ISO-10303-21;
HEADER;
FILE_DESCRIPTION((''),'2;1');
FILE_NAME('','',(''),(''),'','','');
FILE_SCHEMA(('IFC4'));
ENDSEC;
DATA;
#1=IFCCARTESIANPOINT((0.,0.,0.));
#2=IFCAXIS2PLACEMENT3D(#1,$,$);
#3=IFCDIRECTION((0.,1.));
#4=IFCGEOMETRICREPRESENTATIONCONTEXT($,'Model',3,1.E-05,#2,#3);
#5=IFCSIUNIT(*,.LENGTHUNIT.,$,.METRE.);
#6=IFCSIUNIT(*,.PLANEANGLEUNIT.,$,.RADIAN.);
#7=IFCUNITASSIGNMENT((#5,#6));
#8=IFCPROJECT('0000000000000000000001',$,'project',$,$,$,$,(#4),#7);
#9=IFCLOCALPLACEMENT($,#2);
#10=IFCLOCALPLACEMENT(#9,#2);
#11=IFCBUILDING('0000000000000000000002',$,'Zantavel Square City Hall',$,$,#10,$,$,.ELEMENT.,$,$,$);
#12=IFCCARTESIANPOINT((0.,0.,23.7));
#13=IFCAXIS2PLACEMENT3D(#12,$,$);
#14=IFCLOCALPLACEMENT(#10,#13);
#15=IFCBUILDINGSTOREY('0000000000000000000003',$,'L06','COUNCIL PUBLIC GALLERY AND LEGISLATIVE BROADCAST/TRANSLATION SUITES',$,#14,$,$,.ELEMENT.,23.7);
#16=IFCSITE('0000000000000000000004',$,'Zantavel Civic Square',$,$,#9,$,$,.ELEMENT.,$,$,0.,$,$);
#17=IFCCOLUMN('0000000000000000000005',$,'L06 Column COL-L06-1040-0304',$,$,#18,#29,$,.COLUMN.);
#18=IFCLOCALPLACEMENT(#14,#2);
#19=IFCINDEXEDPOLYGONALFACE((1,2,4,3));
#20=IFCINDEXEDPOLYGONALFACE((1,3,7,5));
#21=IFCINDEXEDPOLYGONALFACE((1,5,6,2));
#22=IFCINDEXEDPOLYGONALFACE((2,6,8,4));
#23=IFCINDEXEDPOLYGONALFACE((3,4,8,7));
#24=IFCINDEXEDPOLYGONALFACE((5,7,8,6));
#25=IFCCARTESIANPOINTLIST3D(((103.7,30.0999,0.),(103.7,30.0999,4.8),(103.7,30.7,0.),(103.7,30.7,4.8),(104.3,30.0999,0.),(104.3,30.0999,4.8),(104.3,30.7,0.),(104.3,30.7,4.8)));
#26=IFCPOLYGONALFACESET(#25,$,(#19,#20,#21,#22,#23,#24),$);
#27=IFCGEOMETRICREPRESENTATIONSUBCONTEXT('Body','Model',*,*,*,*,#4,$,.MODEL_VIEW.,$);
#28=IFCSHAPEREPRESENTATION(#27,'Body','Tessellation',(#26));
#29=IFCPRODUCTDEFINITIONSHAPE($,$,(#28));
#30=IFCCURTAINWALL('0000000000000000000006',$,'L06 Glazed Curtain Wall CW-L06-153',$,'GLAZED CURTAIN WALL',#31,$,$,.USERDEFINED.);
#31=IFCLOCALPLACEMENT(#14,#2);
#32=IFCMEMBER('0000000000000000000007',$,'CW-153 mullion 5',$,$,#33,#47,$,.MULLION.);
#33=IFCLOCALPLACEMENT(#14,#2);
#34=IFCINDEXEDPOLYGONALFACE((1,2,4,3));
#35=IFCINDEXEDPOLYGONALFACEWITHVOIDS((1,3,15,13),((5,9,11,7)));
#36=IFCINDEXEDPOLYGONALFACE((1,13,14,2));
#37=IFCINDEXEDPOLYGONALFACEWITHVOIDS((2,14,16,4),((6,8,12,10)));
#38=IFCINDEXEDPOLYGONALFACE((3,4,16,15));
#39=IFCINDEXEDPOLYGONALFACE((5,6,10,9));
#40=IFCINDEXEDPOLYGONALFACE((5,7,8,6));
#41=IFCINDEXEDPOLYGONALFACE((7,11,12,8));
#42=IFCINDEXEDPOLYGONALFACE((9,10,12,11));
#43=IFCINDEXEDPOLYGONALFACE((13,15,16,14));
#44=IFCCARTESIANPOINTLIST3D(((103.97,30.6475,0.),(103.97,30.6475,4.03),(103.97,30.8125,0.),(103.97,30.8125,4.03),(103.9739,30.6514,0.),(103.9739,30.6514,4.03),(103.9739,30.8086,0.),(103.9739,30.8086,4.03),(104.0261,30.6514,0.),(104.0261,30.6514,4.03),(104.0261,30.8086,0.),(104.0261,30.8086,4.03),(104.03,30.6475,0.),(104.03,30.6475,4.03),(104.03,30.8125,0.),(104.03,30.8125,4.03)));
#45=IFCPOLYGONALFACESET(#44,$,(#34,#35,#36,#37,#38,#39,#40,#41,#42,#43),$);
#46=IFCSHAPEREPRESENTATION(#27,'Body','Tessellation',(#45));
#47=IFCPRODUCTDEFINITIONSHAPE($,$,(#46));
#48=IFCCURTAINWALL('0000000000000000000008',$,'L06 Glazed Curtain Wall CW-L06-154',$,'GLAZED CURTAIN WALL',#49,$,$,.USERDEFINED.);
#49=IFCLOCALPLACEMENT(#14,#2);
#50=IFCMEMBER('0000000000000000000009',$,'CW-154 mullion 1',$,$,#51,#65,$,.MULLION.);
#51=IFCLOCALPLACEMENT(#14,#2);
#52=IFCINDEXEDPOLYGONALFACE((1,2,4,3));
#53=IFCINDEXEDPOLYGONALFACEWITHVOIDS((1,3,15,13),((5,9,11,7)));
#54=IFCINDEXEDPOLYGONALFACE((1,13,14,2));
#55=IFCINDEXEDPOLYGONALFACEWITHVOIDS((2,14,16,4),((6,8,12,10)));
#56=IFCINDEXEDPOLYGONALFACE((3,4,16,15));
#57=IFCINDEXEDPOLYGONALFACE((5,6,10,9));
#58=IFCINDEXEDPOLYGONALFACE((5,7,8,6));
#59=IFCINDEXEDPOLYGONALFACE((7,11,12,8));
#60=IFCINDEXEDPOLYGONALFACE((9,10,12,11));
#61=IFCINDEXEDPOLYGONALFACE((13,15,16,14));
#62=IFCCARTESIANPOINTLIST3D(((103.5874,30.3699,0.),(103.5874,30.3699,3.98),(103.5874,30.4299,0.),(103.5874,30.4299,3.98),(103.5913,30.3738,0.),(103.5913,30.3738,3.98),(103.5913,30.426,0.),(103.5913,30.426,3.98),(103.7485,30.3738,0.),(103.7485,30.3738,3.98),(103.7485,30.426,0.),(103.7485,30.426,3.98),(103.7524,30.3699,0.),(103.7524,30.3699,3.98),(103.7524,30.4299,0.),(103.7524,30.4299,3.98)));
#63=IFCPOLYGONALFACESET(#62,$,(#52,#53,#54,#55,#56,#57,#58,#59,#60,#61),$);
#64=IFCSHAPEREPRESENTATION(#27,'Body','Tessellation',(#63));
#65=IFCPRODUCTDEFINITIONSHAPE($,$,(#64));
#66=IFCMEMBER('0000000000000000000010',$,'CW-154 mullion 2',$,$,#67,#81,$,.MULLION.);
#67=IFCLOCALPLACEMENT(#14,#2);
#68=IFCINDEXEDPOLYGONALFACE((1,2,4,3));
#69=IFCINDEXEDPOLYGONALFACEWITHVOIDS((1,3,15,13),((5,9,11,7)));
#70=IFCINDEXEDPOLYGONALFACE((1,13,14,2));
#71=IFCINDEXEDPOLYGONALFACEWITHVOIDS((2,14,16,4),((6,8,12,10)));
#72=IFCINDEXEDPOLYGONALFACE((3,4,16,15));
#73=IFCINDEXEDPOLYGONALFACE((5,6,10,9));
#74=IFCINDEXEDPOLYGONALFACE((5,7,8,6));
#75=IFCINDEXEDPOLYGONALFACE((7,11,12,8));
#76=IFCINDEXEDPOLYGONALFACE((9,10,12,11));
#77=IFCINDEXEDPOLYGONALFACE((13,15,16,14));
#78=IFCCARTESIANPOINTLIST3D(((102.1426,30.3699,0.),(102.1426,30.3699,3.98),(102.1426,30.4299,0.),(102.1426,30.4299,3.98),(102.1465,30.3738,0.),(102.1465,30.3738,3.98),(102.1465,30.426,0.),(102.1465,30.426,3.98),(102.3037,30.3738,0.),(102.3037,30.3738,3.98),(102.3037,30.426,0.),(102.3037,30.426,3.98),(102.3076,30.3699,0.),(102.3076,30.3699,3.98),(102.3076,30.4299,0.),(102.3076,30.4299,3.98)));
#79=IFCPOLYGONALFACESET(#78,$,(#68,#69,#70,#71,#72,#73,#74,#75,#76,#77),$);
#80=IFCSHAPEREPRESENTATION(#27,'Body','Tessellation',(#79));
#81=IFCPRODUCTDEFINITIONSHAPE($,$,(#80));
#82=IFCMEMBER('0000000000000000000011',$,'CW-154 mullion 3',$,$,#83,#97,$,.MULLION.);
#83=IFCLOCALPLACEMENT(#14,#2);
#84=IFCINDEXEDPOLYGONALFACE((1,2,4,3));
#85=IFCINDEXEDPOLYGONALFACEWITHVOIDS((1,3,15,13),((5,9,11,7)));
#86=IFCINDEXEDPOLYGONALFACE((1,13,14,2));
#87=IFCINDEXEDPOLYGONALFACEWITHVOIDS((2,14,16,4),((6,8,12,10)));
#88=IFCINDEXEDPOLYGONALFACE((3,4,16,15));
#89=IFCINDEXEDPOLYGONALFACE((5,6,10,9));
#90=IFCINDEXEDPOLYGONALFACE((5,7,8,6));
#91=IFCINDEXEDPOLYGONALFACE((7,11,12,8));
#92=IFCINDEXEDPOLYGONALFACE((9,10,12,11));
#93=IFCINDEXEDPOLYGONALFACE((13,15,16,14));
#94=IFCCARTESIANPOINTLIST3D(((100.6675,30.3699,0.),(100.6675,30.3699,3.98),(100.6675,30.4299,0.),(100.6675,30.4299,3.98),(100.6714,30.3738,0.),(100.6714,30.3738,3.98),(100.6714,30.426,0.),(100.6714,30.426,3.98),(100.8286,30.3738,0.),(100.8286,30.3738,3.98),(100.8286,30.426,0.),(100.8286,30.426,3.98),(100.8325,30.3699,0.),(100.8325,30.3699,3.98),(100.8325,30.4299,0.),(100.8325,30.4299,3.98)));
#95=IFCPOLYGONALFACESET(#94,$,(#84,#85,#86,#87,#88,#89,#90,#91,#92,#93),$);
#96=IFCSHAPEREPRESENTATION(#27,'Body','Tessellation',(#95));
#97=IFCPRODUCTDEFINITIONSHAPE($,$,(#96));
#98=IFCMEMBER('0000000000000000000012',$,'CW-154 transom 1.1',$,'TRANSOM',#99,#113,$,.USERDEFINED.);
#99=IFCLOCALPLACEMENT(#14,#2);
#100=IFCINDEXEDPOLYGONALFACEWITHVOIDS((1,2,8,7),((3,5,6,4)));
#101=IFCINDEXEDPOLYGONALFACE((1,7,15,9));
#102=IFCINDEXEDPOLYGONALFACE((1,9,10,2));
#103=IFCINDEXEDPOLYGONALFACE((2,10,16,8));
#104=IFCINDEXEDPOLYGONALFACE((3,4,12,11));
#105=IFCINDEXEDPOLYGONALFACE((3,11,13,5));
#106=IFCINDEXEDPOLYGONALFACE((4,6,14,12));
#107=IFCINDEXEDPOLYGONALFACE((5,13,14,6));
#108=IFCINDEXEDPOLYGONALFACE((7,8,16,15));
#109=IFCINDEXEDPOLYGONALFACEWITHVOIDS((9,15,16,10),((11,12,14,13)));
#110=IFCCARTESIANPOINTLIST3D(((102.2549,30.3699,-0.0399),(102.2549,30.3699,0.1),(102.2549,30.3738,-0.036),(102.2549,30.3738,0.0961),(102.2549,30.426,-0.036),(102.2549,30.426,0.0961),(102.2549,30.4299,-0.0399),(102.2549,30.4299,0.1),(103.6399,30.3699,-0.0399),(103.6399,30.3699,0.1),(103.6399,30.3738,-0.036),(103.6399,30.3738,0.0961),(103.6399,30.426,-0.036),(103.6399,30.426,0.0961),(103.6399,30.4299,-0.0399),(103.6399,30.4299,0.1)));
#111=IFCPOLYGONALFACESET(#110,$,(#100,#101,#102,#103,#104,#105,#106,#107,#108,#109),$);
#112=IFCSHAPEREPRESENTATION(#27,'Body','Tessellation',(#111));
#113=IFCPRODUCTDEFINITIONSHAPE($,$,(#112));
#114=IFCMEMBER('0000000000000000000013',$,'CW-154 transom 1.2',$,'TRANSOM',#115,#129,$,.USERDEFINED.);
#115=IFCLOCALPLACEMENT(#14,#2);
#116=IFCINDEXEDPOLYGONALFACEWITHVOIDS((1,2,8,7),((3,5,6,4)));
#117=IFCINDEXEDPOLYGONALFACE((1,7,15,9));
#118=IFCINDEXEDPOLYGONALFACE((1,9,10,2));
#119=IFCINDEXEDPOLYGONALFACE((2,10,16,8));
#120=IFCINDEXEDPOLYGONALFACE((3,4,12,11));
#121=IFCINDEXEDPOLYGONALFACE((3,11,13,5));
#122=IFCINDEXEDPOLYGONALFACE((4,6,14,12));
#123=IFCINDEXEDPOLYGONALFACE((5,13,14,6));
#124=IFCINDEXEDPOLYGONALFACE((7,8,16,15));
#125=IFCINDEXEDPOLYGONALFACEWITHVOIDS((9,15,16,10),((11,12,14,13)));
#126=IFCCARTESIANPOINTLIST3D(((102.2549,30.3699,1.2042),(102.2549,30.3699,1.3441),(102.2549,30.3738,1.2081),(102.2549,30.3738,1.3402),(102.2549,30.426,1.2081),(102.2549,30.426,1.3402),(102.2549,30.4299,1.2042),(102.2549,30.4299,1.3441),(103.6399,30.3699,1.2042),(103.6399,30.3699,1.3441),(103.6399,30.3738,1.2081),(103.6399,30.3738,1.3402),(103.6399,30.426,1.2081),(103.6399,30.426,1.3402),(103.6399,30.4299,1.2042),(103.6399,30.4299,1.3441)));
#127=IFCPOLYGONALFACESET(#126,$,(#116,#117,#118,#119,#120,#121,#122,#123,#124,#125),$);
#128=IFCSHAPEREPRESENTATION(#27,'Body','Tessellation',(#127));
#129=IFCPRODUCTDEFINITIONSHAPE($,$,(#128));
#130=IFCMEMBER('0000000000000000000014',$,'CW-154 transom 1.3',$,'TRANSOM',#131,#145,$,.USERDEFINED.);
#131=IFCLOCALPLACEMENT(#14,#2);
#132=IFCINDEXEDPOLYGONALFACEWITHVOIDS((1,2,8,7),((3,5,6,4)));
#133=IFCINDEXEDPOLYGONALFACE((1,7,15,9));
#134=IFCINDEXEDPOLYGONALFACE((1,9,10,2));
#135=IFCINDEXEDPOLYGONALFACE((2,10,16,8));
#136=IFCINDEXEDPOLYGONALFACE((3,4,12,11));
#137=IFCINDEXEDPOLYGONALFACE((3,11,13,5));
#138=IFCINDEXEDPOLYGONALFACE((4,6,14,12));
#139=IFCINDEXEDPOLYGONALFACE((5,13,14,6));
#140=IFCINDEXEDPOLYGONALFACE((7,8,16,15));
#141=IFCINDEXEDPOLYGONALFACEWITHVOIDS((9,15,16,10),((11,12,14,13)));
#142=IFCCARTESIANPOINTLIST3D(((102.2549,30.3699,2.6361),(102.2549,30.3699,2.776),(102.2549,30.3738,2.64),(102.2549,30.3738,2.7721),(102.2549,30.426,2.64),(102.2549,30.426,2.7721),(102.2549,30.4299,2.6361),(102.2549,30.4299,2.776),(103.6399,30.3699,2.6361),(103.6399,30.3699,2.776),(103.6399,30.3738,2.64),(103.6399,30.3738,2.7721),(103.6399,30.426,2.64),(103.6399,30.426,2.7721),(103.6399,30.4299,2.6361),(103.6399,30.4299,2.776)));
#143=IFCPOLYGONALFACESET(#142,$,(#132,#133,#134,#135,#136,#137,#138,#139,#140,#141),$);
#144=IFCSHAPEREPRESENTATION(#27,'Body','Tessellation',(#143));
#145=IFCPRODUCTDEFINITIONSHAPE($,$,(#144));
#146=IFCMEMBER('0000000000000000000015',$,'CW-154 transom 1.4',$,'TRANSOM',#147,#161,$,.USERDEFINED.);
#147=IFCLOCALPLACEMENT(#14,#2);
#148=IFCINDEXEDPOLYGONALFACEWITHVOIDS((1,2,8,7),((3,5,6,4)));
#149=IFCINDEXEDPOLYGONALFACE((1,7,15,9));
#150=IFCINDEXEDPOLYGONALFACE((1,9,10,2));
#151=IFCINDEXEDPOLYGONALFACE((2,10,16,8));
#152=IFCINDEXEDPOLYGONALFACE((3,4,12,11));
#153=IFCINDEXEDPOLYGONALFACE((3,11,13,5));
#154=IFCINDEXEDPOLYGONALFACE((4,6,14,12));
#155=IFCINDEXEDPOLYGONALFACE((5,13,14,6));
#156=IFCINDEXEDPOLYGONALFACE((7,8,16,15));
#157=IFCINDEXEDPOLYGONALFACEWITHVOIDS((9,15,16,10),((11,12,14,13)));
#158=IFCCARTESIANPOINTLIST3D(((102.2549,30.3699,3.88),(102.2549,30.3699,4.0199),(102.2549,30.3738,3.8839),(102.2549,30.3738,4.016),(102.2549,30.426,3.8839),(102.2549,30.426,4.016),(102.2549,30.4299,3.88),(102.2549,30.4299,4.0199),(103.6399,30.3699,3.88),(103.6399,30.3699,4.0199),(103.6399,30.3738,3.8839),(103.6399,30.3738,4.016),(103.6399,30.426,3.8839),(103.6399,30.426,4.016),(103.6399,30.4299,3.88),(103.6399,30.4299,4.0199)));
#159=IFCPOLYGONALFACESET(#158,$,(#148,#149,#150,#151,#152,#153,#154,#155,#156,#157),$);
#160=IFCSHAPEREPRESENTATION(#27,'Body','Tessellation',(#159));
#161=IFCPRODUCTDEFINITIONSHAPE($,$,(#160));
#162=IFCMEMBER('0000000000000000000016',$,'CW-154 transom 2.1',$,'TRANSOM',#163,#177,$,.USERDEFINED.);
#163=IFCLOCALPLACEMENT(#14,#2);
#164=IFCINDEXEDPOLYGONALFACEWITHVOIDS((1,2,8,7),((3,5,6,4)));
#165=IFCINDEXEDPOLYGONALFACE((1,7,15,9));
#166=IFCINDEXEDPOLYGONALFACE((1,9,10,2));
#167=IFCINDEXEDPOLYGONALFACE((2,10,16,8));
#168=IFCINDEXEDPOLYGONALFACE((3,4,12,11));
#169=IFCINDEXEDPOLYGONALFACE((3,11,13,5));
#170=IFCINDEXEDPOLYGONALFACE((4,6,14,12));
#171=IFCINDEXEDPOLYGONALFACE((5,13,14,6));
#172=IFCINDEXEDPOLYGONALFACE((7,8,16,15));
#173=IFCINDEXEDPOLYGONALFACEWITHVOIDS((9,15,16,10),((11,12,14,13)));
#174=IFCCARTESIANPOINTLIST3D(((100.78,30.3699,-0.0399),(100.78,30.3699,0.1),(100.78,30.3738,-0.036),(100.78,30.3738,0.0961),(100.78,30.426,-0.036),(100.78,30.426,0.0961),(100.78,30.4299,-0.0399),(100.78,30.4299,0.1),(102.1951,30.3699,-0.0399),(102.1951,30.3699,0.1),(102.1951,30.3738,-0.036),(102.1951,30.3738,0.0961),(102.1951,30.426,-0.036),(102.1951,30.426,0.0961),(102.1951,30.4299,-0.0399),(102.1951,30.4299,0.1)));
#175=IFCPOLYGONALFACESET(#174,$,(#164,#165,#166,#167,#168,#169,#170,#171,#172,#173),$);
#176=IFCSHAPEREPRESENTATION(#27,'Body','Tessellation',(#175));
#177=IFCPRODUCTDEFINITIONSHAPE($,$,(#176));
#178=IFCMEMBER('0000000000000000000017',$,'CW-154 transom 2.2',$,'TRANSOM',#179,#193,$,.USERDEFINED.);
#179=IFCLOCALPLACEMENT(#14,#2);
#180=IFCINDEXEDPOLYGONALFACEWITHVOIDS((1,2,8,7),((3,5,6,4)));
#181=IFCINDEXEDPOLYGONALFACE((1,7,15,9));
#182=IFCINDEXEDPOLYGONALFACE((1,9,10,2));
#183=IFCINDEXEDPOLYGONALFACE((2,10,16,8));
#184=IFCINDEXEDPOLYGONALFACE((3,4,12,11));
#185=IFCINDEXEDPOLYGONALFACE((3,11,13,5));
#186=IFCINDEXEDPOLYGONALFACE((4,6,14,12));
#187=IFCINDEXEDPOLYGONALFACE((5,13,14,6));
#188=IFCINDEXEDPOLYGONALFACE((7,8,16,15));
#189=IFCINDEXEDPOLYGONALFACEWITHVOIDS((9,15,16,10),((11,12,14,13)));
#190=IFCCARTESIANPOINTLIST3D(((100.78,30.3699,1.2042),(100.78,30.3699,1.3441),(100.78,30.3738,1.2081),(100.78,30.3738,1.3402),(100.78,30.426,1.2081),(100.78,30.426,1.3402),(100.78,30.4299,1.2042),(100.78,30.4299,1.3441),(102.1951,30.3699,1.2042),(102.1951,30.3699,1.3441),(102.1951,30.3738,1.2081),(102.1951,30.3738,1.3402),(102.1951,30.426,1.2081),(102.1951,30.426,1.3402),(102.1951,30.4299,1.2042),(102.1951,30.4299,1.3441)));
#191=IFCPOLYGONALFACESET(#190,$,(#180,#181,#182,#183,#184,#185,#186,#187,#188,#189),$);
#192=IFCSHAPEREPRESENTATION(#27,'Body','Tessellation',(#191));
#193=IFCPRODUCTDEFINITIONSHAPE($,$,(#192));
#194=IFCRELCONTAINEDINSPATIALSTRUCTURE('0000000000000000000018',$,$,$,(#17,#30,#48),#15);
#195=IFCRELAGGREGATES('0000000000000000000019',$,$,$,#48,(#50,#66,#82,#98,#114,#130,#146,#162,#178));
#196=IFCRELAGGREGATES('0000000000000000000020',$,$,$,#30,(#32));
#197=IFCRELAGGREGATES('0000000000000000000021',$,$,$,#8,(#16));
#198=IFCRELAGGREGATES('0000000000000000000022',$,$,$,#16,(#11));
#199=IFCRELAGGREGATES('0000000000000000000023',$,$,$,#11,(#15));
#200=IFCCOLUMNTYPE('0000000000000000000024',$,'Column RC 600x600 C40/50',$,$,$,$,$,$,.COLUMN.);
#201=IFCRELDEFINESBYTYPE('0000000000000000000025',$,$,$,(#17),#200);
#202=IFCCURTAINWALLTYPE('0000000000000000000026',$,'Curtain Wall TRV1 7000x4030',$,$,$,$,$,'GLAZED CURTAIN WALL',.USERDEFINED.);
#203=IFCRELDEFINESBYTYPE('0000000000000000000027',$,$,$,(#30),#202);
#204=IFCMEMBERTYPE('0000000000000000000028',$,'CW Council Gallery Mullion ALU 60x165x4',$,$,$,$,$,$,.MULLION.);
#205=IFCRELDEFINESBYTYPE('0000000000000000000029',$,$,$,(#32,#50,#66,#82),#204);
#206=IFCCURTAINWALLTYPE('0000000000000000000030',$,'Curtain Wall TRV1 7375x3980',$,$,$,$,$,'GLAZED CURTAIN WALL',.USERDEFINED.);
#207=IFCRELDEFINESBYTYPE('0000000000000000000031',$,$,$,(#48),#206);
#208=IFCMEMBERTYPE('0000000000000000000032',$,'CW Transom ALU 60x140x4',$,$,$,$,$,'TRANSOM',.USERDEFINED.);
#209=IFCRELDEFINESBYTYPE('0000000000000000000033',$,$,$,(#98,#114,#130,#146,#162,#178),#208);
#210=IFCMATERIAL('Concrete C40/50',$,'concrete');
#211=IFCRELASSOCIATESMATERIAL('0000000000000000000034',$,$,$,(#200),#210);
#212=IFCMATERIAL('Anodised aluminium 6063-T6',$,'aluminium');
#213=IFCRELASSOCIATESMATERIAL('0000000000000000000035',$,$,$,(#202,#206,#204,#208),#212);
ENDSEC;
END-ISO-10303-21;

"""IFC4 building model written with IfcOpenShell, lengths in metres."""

from ifc_helpers import new_model, si_unit, direction, frame, origin, origin_2d, place, context, subcontext, project, spatial, rectangle, hollow_rectangle, extrude, material, material_profile, profile_set, type_object, element, aggregate, save


model = new_model("IFC4")

# Units and contexts
model_context = context("Model", 3, precision=1e-05, world=origin(), true_north=direction((0.0, 1.0)))
body_context = subcontext(model_context, "Body", "Model", "MODEL_VIEW")
ifc_project = project(units=[si_unit("LENGTHUNIT", "METRE"), si_unit("PLANEANGLEUNIT", "RADIAN")], contexts=[model_context])

# Site, building, storey
site_placement = place(None, origin())
site = spatial("IfcSite", under=ifc_project, at=site_placement, Name="Zantavel Civic Square", CompositionType="ELEMENT", RefElevation=0.0)
building_placement = place(site_placement, origin())
building = spatial("IfcBuilding", under=site, at=building_placement, Name="Zantavel Square City Hall", CompositionType="ELEMENT")
storey_placement = place(building_placement, frame((0.0, 0.0, 23.7)))
storey = spatial("IfcBuildingStorey", under=building, at=storey_placement, Name="L06", Description="COUNCIL PUBLIC GALLERY AND LEGISLATIVE BROADCAST/TRANSLATION SUITES", CompositionType="ELEMENT", Elevation=23.7)

# Column
ifc_material_1 = material(Name="Concrete C40/50", Category="concrete")
ifc_material_profile_1 = material_profile(ifc_material_1, rectangle(XDim=0.6001, YDim=0.6001, at=origin_2d()), Name="RC 600x600")
ifc_profile_set_1 = profile_set([ifc_material_profile_1], Name="Concrete C40/50")
column_type = type_object("IfcColumnType", Name="Column RC 600x600 C40/50", PredefinedType="COLUMN", material=ifc_profile_set_1)
column_placement = place(storey_placement, frame((104.0, 30.3999, 0.0), z_axis=(0.0, 0.0, 1.0), x_axis=(1.0, 0.0, 0.0)))
element("IfcColumn", 1, at=column_placement, inside=storey, type_object=column_type, Name="L06 Column COL-L06-1040-0304", PredefinedType="COLUMN", context=body_context, shape_type="SweptSolid", body=[
    extrude(rectangle(XDim=0.6001, YDim=0.6001, at=origin_2d()), origin(), (0.0, 0.0, 1.0), 4.8),
])

# Curtain wall, member
ifc_material_2 = material(Name="Anodised aluminium 6063-T6", Category="aluminium")
curtain_wall_type_1 = type_object("IfcCurtainWallType", Name="Curtain Wall TRV1 7000x4030", ElementType="GLAZED CURTAIN WALL", PredefinedType="USERDEFINED", material=ifc_material_2)
curtain_wall_1_placement = place(storey_placement, origin())
curtain_wall_1 = element("IfcCurtainWall", 2, at=curtain_wall_1_placement, inside=storey, type_object=curtain_wall_type_1, Name="L06 Glazed Curtain Wall CW-L06-153", ObjectType="GLAZED CURTAIN WALL", PredefinedType="USERDEFINED")
ifc_material_profile_2 = material_profile(ifc_material_2, hollow_rectangle(XDim=0.0601, YDim=0.165, WallThickness=0.0039, at=origin_2d()), Name="ALU 60x165x4")
ifc_profile_set_2 = profile_set([ifc_material_profile_2], Name="Anodised aluminium 6063-T6")
member_type_1 = type_object("IfcMemberType", Name="CW Council Gallery Mullion ALU 60x165x4", PredefinedType="MULLION", material=ifc_profile_set_2)
member_1_placement = place(storey_placement, frame((104.0, 30.73, 0.0), z_axis=(0.0, 0.0, 1.0), x_axis=(1.0, 0.0, 0.0)))
member_1 = element("IfcMember", 3, at=member_1_placement, type_object=member_type_1, Name="CW-153 mullion 5", PredefinedType="MULLION", context=body_context, shape_type="SweptSolid", body=[
    extrude(hollow_rectangle(XDim=0.0601, YDim=0.165, WallThickness=0.0039, at=origin_2d()), origin(), (0.0, 0.0, 1.0), 4.03),
])

# Curtain wall, members
curtain_wall_type_2 = type_object("IfcCurtainWallType", Name="Curtain Wall TRV1 7375x3980", ElementType="GLAZED CURTAIN WALL", PredefinedType="USERDEFINED", material=ifc_material_2)
curtain_wall_2_placement = place(storey_placement, origin())
curtain_wall_2 = element("IfcCurtainWall", 4, at=curtain_wall_2_placement, inside=storey, type_object=curtain_wall_type_2, Name="L06 Glazed Curtain Wall CW-L06-154", ObjectType="GLAZED CURTAIN WALL", PredefinedType="USERDEFINED")
member_2_placement = place(storey_placement, frame((103.6699, 30.3999, 0.0), z_axis=(0.0, 0.0, 1.0), x_axis=(0.0, -1.0, 0.0)))
member_2 = element("IfcMember", 5, at=member_2_placement, type_object=member_type_1, Name="CW-154 mullion 1", PredefinedType="MULLION", context=body_context, shape_type="SweptSolid", body=[
    extrude(hollow_rectangle(XDim=0.0601, YDim=0.165, WallThickness=0.0039, at=origin_2d()), origin(), (0.0, 0.0, 1.0), 3.98),
])
member_3_placement = place(storey_placement, frame((102.2251, 30.3999, 0.0), z_axis=(0.0, 0.0, 1.0), x_axis=(0.0, -1.0, 0.0)))
member_3 = element("IfcMember", 6, at=member_3_placement, type_object=member_type_1, Name="CW-154 mullion 2", PredefinedType="MULLION", context=body_context, shape_type="SweptSolid", body=[
    extrude(hollow_rectangle(XDim=0.0601, YDim=0.165, WallThickness=0.0039, at=origin_2d()), origin(), (0.0, 0.0, 1.0), 3.98),
])
member_4_placement = place(storey_placement, frame((100.75, 30.3999, 0.0), z_axis=(0.0, 0.0, 1.0), x_axis=(0.0, -1.0, 0.0)))
member_4 = element("IfcMember", 7, at=member_4_placement, type_object=member_type_1, Name="CW-154 mullion 3", PredefinedType="MULLION", context=body_context, shape_type="SweptSolid", body=[
    extrude(hollow_rectangle(XDim=0.0601, YDim=0.165, WallThickness=0.0039, at=origin_2d()), origin(), (0.0, 0.0, 1.0), 3.98),
])
ifc_material_profile_3 = material_profile(ifc_material_2, hollow_rectangle(XDim=0.0601, YDim=0.1399, WallThickness=0.0039, at=origin_2d()), Name="ALU 60x140x4")
ifc_profile_set_3 = profile_set([ifc_material_profile_3], Name="Anodised aluminium 6063-T6")
member_type_2 = type_object("IfcMemberType", Name="CW Transom ALU 60x140x4", ElementType="TRANSOM", PredefinedType="USERDEFINED", material=ifc_profile_set_3)
member_5_placement = place(storey_placement, frame((103.6399, 30.3999, 0.03), z_axis=(-1.0, 0.0, 0.0), x_axis=(0.0, -1.0, 0.0)))
member_5 = element("IfcMember", 8, at=member_5_placement, type_object=member_type_2, Name="CW-154 transom 1.1", ObjectType="TRANSOM", PredefinedType="USERDEFINED", context=body_context, shape_type="SweptSolid", body=[
    extrude(hollow_rectangle(XDim=0.0601, YDim=0.1399, WallThickness=0.0039, at=origin_2d()), origin(), (0.0, 0.0, 1.0), 1.385),
])
member_6_placement = place(storey_placement, frame((103.6399, 30.3999, 1.2742), z_axis=(-1.0, 0.0, 0.0), x_axis=(0.0, -1.0, 0.0)))
member_6 = element("IfcMember", 9, at=member_6_placement, type_object=member_type_2, Name="CW-154 transom 1.2", ObjectType="TRANSOM", PredefinedType="USERDEFINED", context=body_context, shape_type="SweptSolid", body=[
    extrude(hollow_rectangle(XDim=0.0601, YDim=0.1399, WallThickness=0.0039, at=origin_2d()), origin(), (0.0, 0.0, 1.0), 1.385),
])
member_7_placement = place(storey_placement, frame((103.6399, 30.3999, 2.7061), z_axis=(-1.0, 0.0, 0.0), x_axis=(0.0, -1.0, 0.0)))
member_7 = element("IfcMember", 10, at=member_7_placement, type_object=member_type_2, Name="CW-154 transom 1.3", ObjectType="TRANSOM", PredefinedType="USERDEFINED", context=body_context, shape_type="SweptSolid", body=[
    extrude(hollow_rectangle(XDim=0.0601, YDim=0.1399, WallThickness=0.0039, at=origin_2d()), origin(), (0.0, 0.0, 1.0), 1.385),
])
member_8_placement = place(storey_placement, frame((103.6399, 30.3999, 3.95), z_axis=(-1.0, 0.0, 0.0), x_axis=(0.0, -1.0, 0.0)))
member_8 = element("IfcMember", 11, at=member_8_placement, type_object=member_type_2, Name="CW-154 transom 1.4", ObjectType="TRANSOM", PredefinedType="USERDEFINED", context=body_context, shape_type="SweptSolid", body=[
    extrude(hollow_rectangle(XDim=0.0601, YDim=0.1399, WallThickness=0.0039, at=origin_2d()), origin(), (0.0, 0.0, 1.0), 1.385),
])
member_9_placement = place(storey_placement, frame((102.1951, 30.3999, 0.03), z_axis=(-1.0, 0.0, 0.0), x_axis=(0.0, -1.0, 0.0)))
member_9 = element("IfcMember", 12, at=member_9_placement, type_object=member_type_2, Name="CW-154 transom 2.1", ObjectType="TRANSOM", PredefinedType="USERDEFINED", context=body_context, shape_type="SweptSolid", body=[
    extrude(hollow_rectangle(XDim=0.0601, YDim=0.1399, WallThickness=0.0039, at=origin_2d()), origin(), (0.0, 0.0, 1.0), 1.415),
])
member_10_placement = place(storey_placement, frame((102.1951, 30.3999, 1.2742), z_axis=(-1.0, 0.0, 0.0), x_axis=(0.0, -1.0, 0.0)))
member_10 = element("IfcMember", 13, at=member_10_placement, type_object=member_type_2, Name="CW-154 transom 2.2", ObjectType="TRANSOM", PredefinedType="USERDEFINED", context=body_context, shape_type="SweptSolid", body=[
    extrude(hollow_rectangle(XDim=0.0601, YDim=0.1399, WallThickness=0.0039, at=origin_2d()), origin(), (0.0, 0.0, 1.0), 1.415),
])

aggregate(curtain_wall_2, [member_2, member_3, member_4, member_5, member_6, member_7, member_8, member_9, member_10])
aggregate(curtain_wall_1, [member_1])

save(model, "model.ifc")
